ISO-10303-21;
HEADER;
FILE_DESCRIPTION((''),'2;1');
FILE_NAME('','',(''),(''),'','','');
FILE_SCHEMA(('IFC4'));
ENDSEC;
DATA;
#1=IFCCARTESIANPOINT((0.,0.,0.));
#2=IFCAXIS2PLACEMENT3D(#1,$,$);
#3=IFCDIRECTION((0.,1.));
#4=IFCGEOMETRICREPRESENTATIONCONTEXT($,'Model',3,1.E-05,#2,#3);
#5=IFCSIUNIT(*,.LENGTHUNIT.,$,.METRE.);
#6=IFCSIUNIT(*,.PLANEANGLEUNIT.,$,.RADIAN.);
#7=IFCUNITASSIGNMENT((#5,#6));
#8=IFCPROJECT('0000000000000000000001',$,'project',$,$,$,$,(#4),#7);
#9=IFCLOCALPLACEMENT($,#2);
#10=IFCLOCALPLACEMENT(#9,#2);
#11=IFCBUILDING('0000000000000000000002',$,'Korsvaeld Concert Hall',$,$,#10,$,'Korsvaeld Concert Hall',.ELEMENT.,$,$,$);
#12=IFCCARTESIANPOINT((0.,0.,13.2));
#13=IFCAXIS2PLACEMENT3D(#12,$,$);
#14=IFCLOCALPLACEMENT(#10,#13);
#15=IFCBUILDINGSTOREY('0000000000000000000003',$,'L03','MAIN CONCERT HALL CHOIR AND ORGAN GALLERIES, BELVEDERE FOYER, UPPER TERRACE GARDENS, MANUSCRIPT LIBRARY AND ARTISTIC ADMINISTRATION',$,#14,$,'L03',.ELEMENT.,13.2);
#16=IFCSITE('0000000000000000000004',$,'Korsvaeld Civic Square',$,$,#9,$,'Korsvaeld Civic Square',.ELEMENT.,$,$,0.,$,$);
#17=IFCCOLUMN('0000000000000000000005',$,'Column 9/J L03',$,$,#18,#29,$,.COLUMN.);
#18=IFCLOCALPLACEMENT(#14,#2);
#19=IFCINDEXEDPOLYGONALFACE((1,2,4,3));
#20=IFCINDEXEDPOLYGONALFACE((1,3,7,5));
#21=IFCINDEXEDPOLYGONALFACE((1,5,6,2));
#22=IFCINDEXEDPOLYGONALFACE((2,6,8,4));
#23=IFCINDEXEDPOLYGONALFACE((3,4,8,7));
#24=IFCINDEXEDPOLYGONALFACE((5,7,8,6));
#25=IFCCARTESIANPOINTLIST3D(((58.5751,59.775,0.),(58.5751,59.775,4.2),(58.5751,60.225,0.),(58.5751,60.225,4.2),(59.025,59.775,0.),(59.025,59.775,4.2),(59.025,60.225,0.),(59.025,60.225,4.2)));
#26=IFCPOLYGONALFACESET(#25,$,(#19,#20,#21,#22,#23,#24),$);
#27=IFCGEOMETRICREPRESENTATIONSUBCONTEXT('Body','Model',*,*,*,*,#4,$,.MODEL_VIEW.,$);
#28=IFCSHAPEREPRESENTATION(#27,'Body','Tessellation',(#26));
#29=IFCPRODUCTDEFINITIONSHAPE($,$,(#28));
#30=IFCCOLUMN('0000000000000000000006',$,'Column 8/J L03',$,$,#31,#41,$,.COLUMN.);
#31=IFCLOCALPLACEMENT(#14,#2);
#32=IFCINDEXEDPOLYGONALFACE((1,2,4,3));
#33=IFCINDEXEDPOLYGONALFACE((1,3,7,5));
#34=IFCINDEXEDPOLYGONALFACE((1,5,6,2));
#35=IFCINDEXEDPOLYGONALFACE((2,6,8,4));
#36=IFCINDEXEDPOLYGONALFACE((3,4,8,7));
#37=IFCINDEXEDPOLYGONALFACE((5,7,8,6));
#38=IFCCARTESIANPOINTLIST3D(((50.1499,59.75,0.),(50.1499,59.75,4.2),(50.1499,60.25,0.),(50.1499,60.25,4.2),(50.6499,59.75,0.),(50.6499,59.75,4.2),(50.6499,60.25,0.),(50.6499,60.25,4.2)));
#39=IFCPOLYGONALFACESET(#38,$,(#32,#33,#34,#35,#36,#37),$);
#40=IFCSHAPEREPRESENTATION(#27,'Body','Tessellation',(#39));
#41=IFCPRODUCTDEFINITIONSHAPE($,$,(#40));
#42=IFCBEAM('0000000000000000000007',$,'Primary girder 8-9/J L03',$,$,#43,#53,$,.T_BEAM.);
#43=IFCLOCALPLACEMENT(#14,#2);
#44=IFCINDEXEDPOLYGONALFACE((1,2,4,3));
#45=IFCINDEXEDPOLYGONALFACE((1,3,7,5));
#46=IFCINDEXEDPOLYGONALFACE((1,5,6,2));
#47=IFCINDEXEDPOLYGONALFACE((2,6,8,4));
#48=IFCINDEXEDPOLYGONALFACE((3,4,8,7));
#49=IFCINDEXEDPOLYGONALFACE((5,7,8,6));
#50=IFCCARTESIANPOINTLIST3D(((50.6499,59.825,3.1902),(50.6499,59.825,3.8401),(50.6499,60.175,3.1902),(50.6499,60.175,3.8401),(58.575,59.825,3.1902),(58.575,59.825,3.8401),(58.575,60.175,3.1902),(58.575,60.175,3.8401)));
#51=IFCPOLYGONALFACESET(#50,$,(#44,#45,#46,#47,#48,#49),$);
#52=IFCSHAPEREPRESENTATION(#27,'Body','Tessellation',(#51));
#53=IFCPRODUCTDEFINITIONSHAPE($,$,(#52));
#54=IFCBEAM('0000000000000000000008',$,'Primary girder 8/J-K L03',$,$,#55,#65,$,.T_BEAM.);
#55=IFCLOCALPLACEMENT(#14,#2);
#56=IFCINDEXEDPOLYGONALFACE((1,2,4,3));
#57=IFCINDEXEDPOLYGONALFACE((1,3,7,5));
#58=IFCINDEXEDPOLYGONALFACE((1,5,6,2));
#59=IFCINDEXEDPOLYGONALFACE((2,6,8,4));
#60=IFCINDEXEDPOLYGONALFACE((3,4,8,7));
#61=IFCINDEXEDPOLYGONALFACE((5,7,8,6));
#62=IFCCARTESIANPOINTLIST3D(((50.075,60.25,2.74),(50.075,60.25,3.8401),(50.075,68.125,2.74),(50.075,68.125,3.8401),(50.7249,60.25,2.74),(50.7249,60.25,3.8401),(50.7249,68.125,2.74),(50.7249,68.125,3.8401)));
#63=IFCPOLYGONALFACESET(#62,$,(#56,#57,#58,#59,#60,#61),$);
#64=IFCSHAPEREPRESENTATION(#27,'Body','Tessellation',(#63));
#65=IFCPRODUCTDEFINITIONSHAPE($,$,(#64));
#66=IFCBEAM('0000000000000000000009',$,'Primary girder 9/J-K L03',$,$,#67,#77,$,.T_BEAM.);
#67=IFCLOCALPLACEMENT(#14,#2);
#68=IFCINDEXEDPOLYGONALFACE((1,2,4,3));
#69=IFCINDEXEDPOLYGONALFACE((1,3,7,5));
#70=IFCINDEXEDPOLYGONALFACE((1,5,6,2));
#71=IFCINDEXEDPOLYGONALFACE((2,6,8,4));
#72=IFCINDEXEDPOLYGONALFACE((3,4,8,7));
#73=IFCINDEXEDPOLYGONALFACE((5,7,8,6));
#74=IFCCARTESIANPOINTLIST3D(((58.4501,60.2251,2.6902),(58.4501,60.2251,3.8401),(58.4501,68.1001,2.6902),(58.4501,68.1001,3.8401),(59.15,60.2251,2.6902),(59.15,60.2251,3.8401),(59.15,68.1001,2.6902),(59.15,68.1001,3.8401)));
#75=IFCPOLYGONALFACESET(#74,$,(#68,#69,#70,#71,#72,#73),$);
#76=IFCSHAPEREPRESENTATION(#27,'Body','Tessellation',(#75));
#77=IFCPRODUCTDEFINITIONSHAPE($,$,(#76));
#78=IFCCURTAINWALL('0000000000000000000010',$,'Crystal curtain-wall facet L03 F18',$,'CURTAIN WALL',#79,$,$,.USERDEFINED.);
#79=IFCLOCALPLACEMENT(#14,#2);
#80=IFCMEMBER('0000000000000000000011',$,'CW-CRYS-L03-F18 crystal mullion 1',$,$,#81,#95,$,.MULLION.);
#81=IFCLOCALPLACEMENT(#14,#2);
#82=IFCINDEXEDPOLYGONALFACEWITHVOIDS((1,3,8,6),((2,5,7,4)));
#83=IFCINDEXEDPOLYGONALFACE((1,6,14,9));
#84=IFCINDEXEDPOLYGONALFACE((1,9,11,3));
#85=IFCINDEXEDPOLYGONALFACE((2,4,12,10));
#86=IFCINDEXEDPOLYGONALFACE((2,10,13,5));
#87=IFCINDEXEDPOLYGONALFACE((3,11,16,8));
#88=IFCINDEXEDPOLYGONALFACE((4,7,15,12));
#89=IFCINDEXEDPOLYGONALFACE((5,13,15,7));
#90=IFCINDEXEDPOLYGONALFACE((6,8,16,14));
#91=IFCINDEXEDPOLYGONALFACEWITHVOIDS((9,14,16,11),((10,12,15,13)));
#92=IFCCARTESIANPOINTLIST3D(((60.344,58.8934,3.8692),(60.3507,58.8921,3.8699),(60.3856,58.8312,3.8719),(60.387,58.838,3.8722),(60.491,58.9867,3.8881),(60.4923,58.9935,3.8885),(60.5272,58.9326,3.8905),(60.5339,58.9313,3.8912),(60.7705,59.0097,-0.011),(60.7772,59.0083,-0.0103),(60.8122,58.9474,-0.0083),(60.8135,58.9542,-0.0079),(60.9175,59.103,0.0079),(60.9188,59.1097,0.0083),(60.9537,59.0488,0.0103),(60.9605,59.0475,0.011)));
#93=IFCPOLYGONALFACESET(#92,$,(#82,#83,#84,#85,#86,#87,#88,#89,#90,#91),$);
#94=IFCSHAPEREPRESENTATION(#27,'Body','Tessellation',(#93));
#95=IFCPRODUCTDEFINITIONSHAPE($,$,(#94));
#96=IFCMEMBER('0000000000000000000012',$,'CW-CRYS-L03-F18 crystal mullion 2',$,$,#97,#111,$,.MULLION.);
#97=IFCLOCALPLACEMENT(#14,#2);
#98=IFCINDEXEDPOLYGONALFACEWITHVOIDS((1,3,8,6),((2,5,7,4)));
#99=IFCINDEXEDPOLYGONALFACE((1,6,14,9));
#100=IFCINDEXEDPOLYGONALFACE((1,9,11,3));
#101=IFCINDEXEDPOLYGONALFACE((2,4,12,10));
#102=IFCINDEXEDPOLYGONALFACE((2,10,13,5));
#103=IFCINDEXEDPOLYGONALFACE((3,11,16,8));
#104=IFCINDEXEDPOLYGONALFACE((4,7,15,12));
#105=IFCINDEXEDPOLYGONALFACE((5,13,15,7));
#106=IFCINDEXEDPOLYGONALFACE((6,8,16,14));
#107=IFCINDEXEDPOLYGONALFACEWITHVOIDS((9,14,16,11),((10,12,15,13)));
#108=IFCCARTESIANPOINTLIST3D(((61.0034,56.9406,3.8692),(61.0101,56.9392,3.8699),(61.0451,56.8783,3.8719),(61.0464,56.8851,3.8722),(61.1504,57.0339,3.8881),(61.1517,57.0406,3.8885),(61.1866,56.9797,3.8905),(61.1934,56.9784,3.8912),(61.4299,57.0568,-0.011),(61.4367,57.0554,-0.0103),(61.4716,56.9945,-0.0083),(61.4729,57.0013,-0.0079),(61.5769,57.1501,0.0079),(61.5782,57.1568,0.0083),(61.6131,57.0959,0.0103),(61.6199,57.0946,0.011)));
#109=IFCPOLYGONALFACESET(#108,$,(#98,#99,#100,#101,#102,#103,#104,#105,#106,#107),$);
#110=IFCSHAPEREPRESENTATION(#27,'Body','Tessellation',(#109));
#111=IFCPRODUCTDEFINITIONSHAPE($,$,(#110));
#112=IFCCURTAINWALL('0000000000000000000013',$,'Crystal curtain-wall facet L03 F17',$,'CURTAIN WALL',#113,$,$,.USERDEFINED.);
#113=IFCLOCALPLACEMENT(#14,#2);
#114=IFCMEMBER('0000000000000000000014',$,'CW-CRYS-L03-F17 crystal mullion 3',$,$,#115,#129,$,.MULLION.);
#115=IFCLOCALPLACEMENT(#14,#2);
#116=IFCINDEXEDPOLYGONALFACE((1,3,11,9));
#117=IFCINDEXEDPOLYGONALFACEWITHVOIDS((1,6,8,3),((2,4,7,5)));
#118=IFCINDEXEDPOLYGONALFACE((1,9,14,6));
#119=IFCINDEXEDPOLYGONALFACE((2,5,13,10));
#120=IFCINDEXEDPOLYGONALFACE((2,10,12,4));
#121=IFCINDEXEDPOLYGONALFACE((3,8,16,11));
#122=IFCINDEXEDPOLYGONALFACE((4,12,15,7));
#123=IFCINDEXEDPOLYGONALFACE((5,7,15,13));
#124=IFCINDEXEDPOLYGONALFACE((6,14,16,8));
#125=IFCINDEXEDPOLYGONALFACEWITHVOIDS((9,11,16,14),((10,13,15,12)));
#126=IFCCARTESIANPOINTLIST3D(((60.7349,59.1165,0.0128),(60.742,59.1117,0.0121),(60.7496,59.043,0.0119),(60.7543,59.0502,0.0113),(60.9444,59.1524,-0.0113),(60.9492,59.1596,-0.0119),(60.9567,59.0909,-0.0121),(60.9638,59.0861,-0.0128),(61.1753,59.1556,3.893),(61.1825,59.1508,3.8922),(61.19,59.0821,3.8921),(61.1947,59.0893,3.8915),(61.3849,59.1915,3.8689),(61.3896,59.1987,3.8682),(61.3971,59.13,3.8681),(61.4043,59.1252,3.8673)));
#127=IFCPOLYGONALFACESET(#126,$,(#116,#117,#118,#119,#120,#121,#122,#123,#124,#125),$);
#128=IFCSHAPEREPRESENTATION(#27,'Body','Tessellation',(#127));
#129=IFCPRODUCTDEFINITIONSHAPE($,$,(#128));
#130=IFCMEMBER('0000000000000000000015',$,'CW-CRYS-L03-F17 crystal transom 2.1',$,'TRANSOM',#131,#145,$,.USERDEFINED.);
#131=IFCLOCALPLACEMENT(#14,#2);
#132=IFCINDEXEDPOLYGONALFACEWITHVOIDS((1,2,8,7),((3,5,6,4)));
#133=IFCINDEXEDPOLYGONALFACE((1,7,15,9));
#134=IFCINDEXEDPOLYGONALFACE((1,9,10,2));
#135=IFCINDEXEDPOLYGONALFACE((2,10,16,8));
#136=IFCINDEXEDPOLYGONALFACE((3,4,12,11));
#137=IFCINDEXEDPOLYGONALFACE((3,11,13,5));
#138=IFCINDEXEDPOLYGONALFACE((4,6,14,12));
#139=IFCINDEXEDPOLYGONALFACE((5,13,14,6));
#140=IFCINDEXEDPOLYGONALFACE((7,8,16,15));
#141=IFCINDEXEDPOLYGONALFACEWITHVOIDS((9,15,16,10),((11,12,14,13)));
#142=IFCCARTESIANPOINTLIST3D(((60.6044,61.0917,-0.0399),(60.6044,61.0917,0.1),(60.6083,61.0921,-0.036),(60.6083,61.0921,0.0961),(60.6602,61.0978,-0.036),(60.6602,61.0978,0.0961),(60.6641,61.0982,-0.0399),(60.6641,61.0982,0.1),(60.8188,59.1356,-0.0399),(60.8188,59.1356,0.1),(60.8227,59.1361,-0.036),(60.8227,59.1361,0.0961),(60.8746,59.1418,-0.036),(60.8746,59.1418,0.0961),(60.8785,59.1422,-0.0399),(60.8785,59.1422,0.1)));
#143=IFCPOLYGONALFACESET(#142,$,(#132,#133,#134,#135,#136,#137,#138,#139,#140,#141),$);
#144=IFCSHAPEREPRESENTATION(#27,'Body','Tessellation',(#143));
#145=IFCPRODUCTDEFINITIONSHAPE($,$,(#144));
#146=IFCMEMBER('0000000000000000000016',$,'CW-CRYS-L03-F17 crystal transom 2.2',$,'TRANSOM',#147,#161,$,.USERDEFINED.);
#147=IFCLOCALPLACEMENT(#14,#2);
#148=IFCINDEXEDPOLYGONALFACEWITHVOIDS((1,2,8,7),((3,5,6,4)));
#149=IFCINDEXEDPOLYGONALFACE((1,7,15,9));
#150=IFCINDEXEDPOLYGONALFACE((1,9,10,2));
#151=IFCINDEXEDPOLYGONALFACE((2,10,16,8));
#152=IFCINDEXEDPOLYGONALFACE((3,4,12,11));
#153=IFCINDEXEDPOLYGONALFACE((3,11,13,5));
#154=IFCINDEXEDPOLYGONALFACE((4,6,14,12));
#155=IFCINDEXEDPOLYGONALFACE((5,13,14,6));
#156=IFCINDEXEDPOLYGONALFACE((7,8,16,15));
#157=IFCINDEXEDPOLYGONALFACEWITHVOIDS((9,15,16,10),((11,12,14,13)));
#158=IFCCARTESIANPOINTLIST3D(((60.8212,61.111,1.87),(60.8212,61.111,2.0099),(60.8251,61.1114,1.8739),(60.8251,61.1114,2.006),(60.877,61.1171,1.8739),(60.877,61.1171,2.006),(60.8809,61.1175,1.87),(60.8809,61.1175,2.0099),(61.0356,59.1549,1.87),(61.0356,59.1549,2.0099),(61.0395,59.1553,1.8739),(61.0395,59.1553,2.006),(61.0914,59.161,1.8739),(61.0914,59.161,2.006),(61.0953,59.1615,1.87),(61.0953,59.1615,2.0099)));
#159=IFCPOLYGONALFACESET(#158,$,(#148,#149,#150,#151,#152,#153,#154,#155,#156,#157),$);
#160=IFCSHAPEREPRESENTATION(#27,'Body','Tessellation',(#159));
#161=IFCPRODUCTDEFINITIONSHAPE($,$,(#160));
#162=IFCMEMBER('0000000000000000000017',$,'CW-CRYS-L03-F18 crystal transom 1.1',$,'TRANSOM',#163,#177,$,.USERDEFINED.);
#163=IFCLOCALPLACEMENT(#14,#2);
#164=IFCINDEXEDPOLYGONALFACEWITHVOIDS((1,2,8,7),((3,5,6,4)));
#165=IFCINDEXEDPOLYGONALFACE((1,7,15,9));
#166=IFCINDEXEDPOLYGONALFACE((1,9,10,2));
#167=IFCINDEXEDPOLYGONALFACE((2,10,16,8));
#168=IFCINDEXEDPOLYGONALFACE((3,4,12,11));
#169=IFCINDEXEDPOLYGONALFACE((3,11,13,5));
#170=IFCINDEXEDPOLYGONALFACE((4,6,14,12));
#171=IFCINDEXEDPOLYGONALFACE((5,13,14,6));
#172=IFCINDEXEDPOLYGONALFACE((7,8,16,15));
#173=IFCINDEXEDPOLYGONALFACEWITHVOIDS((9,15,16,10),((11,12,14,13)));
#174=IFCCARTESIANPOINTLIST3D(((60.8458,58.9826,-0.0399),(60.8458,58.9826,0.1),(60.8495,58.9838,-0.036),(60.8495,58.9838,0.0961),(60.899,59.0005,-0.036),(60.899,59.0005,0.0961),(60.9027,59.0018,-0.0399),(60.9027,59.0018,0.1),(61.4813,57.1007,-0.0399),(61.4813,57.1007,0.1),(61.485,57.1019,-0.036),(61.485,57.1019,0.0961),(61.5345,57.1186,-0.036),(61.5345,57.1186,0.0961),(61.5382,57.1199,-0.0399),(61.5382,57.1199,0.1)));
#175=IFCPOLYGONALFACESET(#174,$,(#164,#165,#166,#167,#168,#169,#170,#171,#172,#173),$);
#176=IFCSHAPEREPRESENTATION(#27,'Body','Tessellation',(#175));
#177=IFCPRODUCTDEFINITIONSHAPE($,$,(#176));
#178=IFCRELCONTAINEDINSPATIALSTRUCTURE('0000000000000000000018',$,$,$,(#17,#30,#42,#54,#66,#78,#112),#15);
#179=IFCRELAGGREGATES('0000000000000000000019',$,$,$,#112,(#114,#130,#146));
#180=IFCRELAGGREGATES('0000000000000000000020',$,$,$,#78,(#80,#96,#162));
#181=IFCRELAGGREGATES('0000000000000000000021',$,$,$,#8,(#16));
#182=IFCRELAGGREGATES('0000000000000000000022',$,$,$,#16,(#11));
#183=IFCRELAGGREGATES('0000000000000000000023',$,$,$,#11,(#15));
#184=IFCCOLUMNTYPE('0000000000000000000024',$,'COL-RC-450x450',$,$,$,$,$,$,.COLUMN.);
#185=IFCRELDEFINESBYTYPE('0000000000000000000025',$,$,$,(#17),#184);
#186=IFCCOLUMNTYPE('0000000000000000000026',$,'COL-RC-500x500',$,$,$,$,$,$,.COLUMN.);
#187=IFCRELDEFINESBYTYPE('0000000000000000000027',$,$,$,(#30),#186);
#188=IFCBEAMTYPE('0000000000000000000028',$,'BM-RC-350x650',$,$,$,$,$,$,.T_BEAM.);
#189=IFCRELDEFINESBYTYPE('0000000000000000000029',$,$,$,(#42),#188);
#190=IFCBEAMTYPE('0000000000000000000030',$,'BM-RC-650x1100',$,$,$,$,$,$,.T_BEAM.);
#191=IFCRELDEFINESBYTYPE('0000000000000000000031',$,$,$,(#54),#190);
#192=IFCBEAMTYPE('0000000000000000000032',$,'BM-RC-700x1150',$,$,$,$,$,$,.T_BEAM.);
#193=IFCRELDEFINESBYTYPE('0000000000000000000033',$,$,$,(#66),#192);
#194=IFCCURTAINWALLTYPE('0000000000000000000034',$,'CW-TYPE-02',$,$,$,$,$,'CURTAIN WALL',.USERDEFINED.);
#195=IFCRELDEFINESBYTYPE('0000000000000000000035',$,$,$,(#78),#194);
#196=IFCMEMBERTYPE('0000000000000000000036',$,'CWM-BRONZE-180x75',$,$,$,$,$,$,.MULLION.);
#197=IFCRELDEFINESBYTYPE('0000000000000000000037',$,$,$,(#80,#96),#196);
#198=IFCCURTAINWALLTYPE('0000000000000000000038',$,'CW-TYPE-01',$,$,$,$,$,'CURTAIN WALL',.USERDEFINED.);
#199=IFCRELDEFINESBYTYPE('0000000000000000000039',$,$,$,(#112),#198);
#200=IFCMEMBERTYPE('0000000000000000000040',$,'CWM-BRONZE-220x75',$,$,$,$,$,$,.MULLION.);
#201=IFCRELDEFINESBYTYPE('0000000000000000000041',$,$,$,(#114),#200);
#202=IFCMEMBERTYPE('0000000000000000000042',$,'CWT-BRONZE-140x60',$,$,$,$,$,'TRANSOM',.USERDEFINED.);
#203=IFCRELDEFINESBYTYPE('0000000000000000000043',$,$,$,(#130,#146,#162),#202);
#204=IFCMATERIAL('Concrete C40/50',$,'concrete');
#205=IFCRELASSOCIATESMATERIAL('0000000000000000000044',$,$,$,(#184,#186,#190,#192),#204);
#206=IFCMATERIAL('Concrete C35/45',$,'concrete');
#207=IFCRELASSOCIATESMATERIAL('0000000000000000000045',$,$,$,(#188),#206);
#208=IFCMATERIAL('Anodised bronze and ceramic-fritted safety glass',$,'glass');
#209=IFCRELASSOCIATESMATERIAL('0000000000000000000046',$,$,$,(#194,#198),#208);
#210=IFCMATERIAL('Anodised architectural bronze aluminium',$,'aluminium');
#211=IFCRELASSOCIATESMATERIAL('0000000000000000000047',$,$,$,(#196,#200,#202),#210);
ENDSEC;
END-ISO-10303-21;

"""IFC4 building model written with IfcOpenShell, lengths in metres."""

from ifc_helpers import new_model, si_unit, direction, frame, origin, origin_2d, place, context, subcontext, project, spatial, rectangle, hollow_rectangle, extrude, material, material_profile, profile_set, type_object, element, aggregate, save


model = new_model("IFC4")

# Units and contexts
model_context = context("Model", 3, precision=1e-05, world=origin(), true_north=direction((0.0, 1.0)))
body_context = subcontext(model_context, "Body", "Model", "MODEL_VIEW")
ifc_project = project(units=[si_unit("LENGTHUNIT", "METRE"), si_unit("PLANEANGLEUNIT", "RADIAN")], contexts=[model_context])

# Site, building, storey
site_placement = place(None, origin())
site = spatial("IfcSite", under=ifc_project, at=site_placement, Name="Korsvaeld Civic Square", LongName="Korsvaeld Civic Square", CompositionType="ELEMENT", RefElevation=0.0)
building_placement = place(site_placement, origin())
building = spatial("IfcBuilding", under=site, at=building_placement, Name="Korsvaeld Concert Hall", LongName="Korsvaeld Concert Hall", CompositionType="ELEMENT")
storey_placement = place(building_placement, frame((0.0, 0.0, 13.2)))
storey = spatial("IfcBuildingStorey", under=building, at=storey_placement, Name="L03", Description="MAIN CONCERT HALL CHOIR AND ORGAN GALLERIES, BELVEDERE FOYER, UPPER TERRACE GARDENS, MANUSCRIPT LIBRARY AND ARTISTIC ADMINISTRATION", LongName="L03", CompositionType="ELEMENT", Elevation=13.2)

# Columns
ifc_material_1 = material(Name="Concrete C40/50", Category="concrete")
ifc_material_profile_1 = material_profile(ifc_material_1, rectangle(XDim=0.45, YDim=0.45, at=origin_2d()), Name="RC 450x450")
ifc_profile_set_1 = profile_set([ifc_material_profile_1], Name="Concrete C40/50")
column_type_1 = type_object("IfcColumnType", Name="COL-RC-450x450", PredefinedType="COLUMN", material=ifc_profile_set_1)
column_1_placement = place(storey_placement, frame((58.8, 60.0, 0.0), z_axis=(0.0, 0.0, 1.0), x_axis=(1.0, 0.0, 0.0)))
element("IfcColumn", 1, at=column_1_placement, inside=storey, type_object=column_type_1, Name="Column 9/J L03", PredefinedType="COLUMN", context=body_context, shape_type="SweptSolid", body=[
    extrude(rectangle(XDim=0.45, YDim=0.45, at=origin_2d()), origin(), (0.0, 0.0, 1.0), 4.2),
])
ifc_material_profile_2 = material_profile(ifc_material_1, rectangle(XDim=0.5, YDim=0.5, at=origin_2d()), Name="RC 500x500")
ifc_profile_set_2 = profile_set([ifc_material_profile_2], Name="Concrete C40/50")
column_type_2 = type_object("IfcColumnType", Name="COL-RC-500x500", PredefinedType="COLUMN", material=ifc_profile_set_2)
column_2_placement = place(storey_placement, frame((50.3999, 60.0, 0.0), z_axis=(0.0, 0.0, 1.0), x_axis=(1.0, 0.0, 0.0)))
element("IfcColumn", 2, at=column_2_placement, inside=storey, type_object=column_type_2, Name="Column 8/J L03", PredefinedType="COLUMN", context=body_context, shape_type="SweptSolid", body=[
    extrude(rectangle(XDim=0.5, YDim=0.5, at=origin_2d()), origin(), (0.0, 0.0, 1.0), 4.2),
])

# Beams
ifc_material_2 = material(Name="Concrete C35/45", Category="concrete")
ifc_material_profile_3 = material_profile(ifc_material_2, rectangle(XDim=0.3501, YDim=0.6499, at=origin_2d()), Name="RC 350x650")
ifc_profile_set_3 = profile_set([ifc_material_profile_3], Name="Concrete C35/45")
beam_type_1 = type_object("IfcBeamType", Name="BM-RC-350x650", PredefinedType="T_BEAM", material=ifc_profile_set_3)
beam_1_placement = place(storey_placement, frame((50.6499, 60.0, 3.5151), z_axis=(1.0, 0.0, 0.0), x_axis=(0.0, 1.0, 0.0)))
element("IfcBeam", 3, at=beam_1_placement, inside=storey, type_object=beam_type_1, Name="Primary girder 8-9/J L03", PredefinedType="T_BEAM", context=body_context, shape_type="SweptSolid", body=[
    extrude(rectangle(XDim=0.3501, YDim=0.6499, at=origin_2d()), origin(), (0.0, 0.0, 1.0), 7.925),
])
ifc_material_profile_4 = material_profile(ifc_material_1, rectangle(XDim=0.6499, YDim=1.1001, at=origin_2d()), Name="RC 650x1100")
ifc_profile_set_4 = profile_set([ifc_material_profile_4], Name="Concrete C40/50")
beam_type_2 = type_object("IfcBeamType", Name="BM-RC-650x1100", PredefinedType="T_BEAM", material=ifc_profile_set_4)
beam_2_placement = place(storey_placement, frame((50.3999, 60.25, 3.29), z_axis=(0.0, 1.0, 0.0), x_axis=(-1.0, 0.0, 0.0)))
element("IfcBeam", 4, at=beam_2_placement, inside=storey, type_object=beam_type_2, Name="Primary girder 8/J-K L03", PredefinedType="T_BEAM", context=body_context, shape_type="SweptSolid", body=[
    extrude(rectangle(XDim=0.6499, YDim=1.1001, at=origin_2d()), origin(), (0.0, 0.0, 1.0), 7.875),
])
ifc_material_profile_5 = material_profile(ifc_material_1, rectangle(XDim=0.7, YDim=1.1499, at=origin_2d()), Name="RC 700x1150")
ifc_profile_set_5 = profile_set([ifc_material_profile_5], Name="Concrete C40/50")
beam_type_3 = type_object("IfcBeamType", Name="BM-RC-700x1150", PredefinedType="T_BEAM", material=ifc_profile_set_5)
beam_3_placement = place(storey_placement, frame((58.8, 60.2251, 3.2651), z_axis=(0.0, 1.0, 0.0), x_axis=(-1.0, 0.0, 0.0)))
element("IfcBeam", 5, at=beam_3_placement, inside=storey, type_object=beam_type_3, Name="Primary girder 9/J-K L03", PredefinedType="T_BEAM", context=body_context, shape_type="SweptSolid", body=[
    extrude(rectangle(XDim=0.7, YDim=1.1499, at=origin_2d()), origin(), (0.0, 0.0, 1.0), 7.875),
])

# Curtain walls, members
ifc_material_3 = material(Name="Anodised bronze and ceramic-fritted safety glass", Category="glass")
curtain_wall_type_1 = type_object("IfcCurtainWallType", Name="CW-TYPE-02", ElementType="CURTAIN WALL", PredefinedType="USERDEFINED", material=ifc_material_3)
curtain_wall_1_placement = place(storey_placement, origin())
curtain_wall_1 = element("IfcCurtainWall", 6, at=curtain_wall_1_placement, inside=storey, type_object=curtain_wall_type_1, Name="Crystal curtain-wall facet L03 F18", ObjectType="CURTAIN WALL", PredefinedType="USERDEFINED")
ifc_material_4 = material(Name="Anodised architectural bronze aluminium", Category="aluminium")
ifc_material_profile_6 = material_profile(ifc_material_4, hollow_rectangle(XDim=0.075, YDim=0.1799, WallThickness=0.0049, at=origin_2d()), Name="CWM 180x75x5")
ifc_profile_set_6 = profile_set([ifc_material_profile_6], Name="Anodised architectural bronze aluminium")
member_type_1 = type_object("IfcMemberType", Name="CWM-BRONZE-180x75", PredefinedType="MULLION", material=ifc_profile_set_6)
member_1_placement = place(storey_placement, frame((60.8655, 59.0286, 0.0), z_axis=(-0.109216, -0.029758, 0.993573), x_axis=(0.555752, -0.830559, 0.036214)))
member_1 = element("IfcMember", 7, at=member_1_placement, type_object=member_type_1, Name="CW-CRYS-L03-F18 crystal mullion 1", PredefinedType="MULLION", context=body_context, shape_type="SweptSolid", body=[
    extrude(hollow_rectangle(XDim=0.075, YDim=0.1799, WallThickness=0.0049, at=origin_2d()), origin(), (0.0, 0.0, 1.0), 3.9053),
])
member_2_placement = place(storey_placement, frame((61.5249, 57.0757, 0.0), z_axis=(-0.109216, -0.029758, 0.993573), x_axis=(0.555752, -0.830559, 0.036214)))
member_2 = element("IfcMember", 8, at=member_2_placement, type_object=member_type_1, Name="CW-CRYS-L03-F18 crystal mullion 2", PredefinedType="MULLION", context=body_context, shape_type="SweptSolid", body=[
    extrude(hollow_rectangle(XDim=0.075, YDim=0.1799, WallThickness=0.0049, at=origin_2d()), origin(), (0.0, 0.0, 1.0), 3.9053),
])
curtain_wall_type_2 = type_object("IfcCurtainWallType", Name="CW-TYPE-01", ElementType="CURTAIN WALL", PredefinedType="USERDEFINED", material=ifc_material_3)
curtain_wall_2_placement = place(storey_placement, origin())
curtain_wall_2 = element("IfcCurtainWall", 9, at=curtain_wall_2_placement, inside=storey, type_object=curtain_wall_type_2, Name="Crystal curtain-wall facet L03 F17", ObjectType="CURTAIN WALL", PredefinedType="USERDEFINED")
ifc_material_profile_7 = material_profile(ifc_material_4, hollow_rectangle(XDim=0.075, YDim=0.22, WallThickness=0.0061, at=origin_2d()), Name="CWM 220x75x6")
ifc_profile_set_7 = profile_set([ifc_material_profile_7], Name="Anodised architectural bronze aluminium")
member_type_2 = type_object("IfcMemberType", Name="CWM-BRONZE-220x75", PredefinedType="MULLION", material=ifc_profile_set_7)
member_3_placement = place(storey_placement, frame((60.8494, 59.1013, 0.0), z_axis=(0.112779, 0.010003, 0.99357), x_axis=(-0.195691, 0.980588, 0.012341)))
member_3 = element("IfcMember", 10, at=member_3_placement, type_object=member_type_2, Name="CW-CRYS-L03-F17 crystal mullion 3", PredefinedType="MULLION", context=body_context, shape_type="SweptSolid", body=[
    extrude(hollow_rectangle(XDim=0.075, YDim=0.22, WallThickness=0.0061, at=origin_2d()), origin(), (0.0, 0.0, 1.0), 3.9053),
])
ifc_material_profile_8 = material_profile(ifc_material_4, hollow_rectangle(XDim=0.0601, YDim=0.1399, WallThickness=0.0039, at=origin_2d()), Name="CWT 140x60x4")
ifc_profile_set_8 = profile_set([ifc_material_profile_8], Name="Anodised architectural bronze aluminium")
member_type_3 = type_object("IfcMemberType", Name="CWT-BRONZE-140x60", ElementType="TRANSOM", PredefinedType="USERDEFINED", material=ifc_profile_set_8)
member_4_placement = place(storey_placement, frame((60.6343, 61.095, 0.03), z_axis=(0.108933, -0.994049, 0.0), x_axis=(0.994049, 0.108933, 0.0)))
member_4 = element("IfcMember", 11, at=member_4_placement, type_object=member_type_3, Name="CW-CRYS-L03-F17 crystal transom 2.1", ObjectType="TRANSOM", PredefinedType="USERDEFINED", context=body_context, shape_type="SweptSolid", body=[
    extrude(hollow_rectangle(XDim=0.0601, YDim=0.1399, WallThickness=0.0039, at=origin_2d()), origin(), (0.0, 0.0, 1.0), 1.9678),
])
member_5_placement = place(storey_placement, frame((60.8511, 61.1143, 1.9399), z_axis=(0.108933, -0.994049, 0.0), x_axis=(0.994049, 0.108933, 0.0)))
member_5 = element("IfcMember", 12, at=member_5_placement, type_object=member_type_3, Name="CW-CRYS-L03-F17 crystal transom 2.2", ObjectType="TRANSOM", PredefinedType="USERDEFINED", context=body_context, shape_type="SweptSolid", body=[
    extrude(hollow_rectangle(XDim=0.0601, YDim=0.1399, WallThickness=0.0039, at=origin_2d()), origin(), (0.0, 0.0, 1.0), 1.9678),
])

# Member
member_6_placement = place(storey_placement, frame((60.8743, 58.9922, 0.03), z_axis=(0.31995, -0.947435, 0.0), x_axis=(0.947435, 0.31995, 0.0)))
member_6 = element("IfcMember", 13, at=member_6_placement, type_object=member_type_3, Name="CW-CRYS-L03-F18 crystal transom 1.1", ObjectType="TRANSOM", PredefinedType="USERDEFINED", context=body_context, shape_type="SweptSolid", body=[
    extrude(hollow_rectangle(XDim=0.0601, YDim=0.1399, WallThickness=0.0039, at=origin_2d()), origin(), (0.0, 0.0, 1.0), 1.9863),
])

aggregate(curtain_wall_2, [member_3, member_4, member_5])
aggregate(curtain_wall_1, [member_1, member_2, member_6])

save(model, "model.ifc")
